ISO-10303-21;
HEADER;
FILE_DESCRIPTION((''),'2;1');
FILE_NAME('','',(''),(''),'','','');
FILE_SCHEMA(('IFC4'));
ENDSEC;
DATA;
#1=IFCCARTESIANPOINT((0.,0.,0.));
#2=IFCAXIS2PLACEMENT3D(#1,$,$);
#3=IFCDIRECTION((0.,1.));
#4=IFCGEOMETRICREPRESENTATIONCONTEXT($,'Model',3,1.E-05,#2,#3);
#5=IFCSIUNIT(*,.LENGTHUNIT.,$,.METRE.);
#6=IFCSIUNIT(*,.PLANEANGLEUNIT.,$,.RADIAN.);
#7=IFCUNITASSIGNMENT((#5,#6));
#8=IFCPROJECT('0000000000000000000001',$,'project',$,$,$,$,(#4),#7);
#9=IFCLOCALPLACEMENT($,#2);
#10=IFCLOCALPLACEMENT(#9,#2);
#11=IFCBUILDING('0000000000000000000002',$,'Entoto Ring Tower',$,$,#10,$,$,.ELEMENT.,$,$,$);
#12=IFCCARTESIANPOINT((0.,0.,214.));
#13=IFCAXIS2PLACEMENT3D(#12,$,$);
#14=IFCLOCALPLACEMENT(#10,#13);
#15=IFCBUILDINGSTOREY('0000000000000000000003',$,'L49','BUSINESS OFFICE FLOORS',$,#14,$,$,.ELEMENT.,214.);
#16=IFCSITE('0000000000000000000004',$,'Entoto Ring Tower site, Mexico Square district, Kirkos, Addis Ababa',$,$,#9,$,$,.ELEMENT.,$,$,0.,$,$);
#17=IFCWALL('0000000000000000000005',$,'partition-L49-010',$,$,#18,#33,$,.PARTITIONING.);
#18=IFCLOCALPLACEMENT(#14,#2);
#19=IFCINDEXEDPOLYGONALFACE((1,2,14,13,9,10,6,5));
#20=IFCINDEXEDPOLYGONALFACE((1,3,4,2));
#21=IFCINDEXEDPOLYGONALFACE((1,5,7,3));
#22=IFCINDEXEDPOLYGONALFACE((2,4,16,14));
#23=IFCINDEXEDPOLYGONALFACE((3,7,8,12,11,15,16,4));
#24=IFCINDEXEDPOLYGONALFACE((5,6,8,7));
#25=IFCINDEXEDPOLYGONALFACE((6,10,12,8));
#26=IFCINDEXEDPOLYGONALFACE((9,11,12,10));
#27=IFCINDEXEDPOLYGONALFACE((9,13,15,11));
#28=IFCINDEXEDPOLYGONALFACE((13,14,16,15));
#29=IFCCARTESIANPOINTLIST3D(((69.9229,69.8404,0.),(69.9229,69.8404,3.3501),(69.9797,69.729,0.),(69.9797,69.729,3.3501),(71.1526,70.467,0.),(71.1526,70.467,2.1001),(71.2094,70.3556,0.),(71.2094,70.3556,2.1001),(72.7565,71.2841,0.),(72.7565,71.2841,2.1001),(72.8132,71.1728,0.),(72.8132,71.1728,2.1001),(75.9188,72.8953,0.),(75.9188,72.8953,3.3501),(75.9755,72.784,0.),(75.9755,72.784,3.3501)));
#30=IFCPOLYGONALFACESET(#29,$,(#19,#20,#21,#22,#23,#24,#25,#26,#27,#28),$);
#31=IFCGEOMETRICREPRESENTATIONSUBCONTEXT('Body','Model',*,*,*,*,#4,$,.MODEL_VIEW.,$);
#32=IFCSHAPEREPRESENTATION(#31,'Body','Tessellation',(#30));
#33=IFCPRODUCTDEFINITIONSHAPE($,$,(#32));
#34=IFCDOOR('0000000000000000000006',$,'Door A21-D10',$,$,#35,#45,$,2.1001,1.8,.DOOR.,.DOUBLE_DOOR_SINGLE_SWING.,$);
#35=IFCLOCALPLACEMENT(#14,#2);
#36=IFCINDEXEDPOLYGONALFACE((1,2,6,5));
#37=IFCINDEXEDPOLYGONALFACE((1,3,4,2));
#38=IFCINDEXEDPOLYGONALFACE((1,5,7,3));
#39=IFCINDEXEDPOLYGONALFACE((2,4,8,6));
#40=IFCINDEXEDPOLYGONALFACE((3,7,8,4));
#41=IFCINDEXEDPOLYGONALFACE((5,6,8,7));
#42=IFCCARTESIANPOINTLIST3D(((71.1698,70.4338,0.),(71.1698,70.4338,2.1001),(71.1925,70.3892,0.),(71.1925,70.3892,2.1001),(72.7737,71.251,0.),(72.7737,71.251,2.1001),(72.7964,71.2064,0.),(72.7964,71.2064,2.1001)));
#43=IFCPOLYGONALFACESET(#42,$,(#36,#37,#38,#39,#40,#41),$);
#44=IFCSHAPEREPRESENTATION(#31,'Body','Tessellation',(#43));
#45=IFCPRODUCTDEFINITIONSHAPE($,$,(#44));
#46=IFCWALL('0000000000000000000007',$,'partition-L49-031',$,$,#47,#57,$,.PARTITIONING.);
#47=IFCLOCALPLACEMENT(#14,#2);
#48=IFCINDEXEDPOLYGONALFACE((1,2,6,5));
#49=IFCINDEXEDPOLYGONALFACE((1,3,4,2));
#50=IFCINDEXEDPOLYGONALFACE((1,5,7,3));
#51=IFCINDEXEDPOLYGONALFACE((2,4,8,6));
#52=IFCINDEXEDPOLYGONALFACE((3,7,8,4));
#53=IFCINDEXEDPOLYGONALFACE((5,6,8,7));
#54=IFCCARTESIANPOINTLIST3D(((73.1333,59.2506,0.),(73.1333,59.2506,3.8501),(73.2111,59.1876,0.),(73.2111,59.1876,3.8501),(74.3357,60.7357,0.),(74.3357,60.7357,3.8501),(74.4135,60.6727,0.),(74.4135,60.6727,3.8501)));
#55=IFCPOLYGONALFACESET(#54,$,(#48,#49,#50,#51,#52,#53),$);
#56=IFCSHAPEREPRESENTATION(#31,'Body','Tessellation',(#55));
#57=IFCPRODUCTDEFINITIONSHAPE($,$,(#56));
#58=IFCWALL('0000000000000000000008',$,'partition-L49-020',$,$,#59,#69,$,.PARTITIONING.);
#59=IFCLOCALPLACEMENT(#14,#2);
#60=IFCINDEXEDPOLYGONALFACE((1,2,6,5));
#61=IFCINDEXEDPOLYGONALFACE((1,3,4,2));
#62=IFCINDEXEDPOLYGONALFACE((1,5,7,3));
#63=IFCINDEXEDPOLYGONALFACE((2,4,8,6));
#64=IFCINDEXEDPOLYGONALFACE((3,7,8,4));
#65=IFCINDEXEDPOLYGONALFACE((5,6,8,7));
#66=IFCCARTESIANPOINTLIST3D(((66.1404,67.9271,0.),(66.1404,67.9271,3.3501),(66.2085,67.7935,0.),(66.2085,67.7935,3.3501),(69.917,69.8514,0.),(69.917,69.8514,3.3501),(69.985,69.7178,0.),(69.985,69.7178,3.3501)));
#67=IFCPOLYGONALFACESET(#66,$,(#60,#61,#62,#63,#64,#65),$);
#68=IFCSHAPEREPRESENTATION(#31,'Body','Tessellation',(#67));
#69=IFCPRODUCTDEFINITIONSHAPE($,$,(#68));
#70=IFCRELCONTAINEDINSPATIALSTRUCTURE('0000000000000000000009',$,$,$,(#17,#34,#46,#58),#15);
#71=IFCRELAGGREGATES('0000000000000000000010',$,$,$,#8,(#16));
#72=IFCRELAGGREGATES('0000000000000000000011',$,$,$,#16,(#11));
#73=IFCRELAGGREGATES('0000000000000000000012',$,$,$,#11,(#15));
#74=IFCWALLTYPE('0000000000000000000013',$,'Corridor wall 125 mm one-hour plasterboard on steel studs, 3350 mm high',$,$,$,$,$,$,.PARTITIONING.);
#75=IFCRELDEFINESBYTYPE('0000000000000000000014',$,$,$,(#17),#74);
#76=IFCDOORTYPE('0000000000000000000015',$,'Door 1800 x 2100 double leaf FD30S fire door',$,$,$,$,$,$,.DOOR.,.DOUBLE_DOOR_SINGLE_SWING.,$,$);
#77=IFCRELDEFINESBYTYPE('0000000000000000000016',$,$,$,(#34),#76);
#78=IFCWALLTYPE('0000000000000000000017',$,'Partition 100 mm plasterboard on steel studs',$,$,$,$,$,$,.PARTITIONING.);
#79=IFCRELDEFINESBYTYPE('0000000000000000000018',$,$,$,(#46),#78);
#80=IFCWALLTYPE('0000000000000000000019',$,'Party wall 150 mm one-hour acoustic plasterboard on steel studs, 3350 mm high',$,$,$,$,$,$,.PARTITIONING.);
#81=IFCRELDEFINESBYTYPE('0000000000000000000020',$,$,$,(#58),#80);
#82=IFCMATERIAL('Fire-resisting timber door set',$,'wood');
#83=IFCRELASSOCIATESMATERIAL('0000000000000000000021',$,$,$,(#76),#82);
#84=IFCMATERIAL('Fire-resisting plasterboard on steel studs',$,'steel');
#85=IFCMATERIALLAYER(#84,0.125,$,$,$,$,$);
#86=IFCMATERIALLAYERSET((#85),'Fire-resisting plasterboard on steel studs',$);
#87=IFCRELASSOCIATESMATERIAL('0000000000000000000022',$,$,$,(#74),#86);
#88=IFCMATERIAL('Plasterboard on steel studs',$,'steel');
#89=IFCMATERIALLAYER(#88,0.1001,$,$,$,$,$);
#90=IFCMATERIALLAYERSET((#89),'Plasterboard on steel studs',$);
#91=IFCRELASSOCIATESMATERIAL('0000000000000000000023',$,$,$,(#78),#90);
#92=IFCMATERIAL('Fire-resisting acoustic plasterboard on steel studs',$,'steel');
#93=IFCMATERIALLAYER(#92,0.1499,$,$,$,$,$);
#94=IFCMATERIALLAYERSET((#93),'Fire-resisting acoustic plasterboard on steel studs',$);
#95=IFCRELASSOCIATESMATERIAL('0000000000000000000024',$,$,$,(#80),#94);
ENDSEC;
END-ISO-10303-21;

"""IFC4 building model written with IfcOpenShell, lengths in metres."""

from ifc_helpers import new_model, si_unit, direction, frame, frame_2d, origin, place, context, subcontext, project, spatial, rectangle, extrude, material, layer, layer_set, type_object, element, fill, save


model = new_model("IFC4")

# Units and contexts
model_context = context("Model", 3, precision=1e-05, world=origin(), true_north=direction((0.0, 1.0)))
body_context = subcontext(model_context, "Body", "Model", "MODEL_VIEW")
ifc_project = project(units=[si_unit("LENGTHUNIT", "METRE"), si_unit("PLANEANGLEUNIT", "RADIAN")], contexts=[model_context])

# Site, building, storey
site_placement = place(None, origin())
site = spatial("IfcSite", under=ifc_project, at=site_placement, Name="Entoto Ring Tower site, Mexico Square district, Kirkos, Addis Ababa", CompositionType="ELEMENT", RefElevation=0.0)
building_placement = place(site_placement, origin())
building = spatial("IfcBuilding", under=site, at=building_placement, Name="Entoto Ring Tower", CompositionType="ELEMENT")
storey_placement = place(building_placement, frame((0.0, 0.0, 214.0)))
storey = spatial("IfcBuildingStorey", under=building, at=storey_placement, Name="L49", Description="BUSINESS OFFICE FLOORS", CompositionType="ELEMENT", Elevation=214.0)

# Shared definitions
ifc_material_1 = material(Name="Fire-resisting timber door set", Category="wood")
door_type = type_object("IfcDoorType", Name="Door 1800 x 2100 double leaf FD30S fire door", OperationType="DOUBLE_DOOR_SINGLE_SWING", PredefinedType="DOOR", material=ifc_material_1)

# Wall, opening, door
ifc_material_2 = material(Name="Fire-resisting plasterboard on steel studs", Category="steel")
ifc_layer_1 = layer(ifc_material_2, 0.125)
ifc_layer_set_1 = layer_set([ifc_layer_1], Name="Fire-resisting plasterboard on steel studs")
wall_type_1 = type_object("IfcWallType", Name="Corridor wall 125 mm one-hour plasterboard on steel studs, 3350 mm high", PredefinedType="PARTITIONING", material=ifc_layer_set_1)
wall_1_placement = place(storey_placement, frame((69.9512, 69.7847, 0.0), z_axis=(0.0, 0.0, 1.0), x_axis=(0.891013, 0.453978, 0.0)))
wall_1 = element("IfcWall", 1, at=wall_1_placement, inside=storey, type_object=wall_type_1, Name="partition-L49-010", PredefinedType="PARTITIONING", context=body_context, shape_type="SweptSolid", body=[
    extrude(rectangle(XDim=6.7292, YDim=0.125, at=frame_2d((3.3647, 0.0))), origin(), (0.0, 0.0, 1.0), 3.3501),
])
opening_1_placement = place(wall_1_placement, frame((1.3804, 0.0, 0.0)))
opening_1 = element("IfcOpeningElement", 2, at=opening_1_placement, cuts=wall_1, PredefinedType="OPENING", context=body_context, shape_type="SweptSolid", body=[
    extrude(rectangle(XDim=1.8, YDim=2.1001, at=frame_2d((0.8999, 1.05))), frame((0.0, 0.0725, 0.0), z_axis=(0.0, -1.0, 0.0), x_axis=(1.0, 0.0, 0.0)), (0.0, 0.0, 1.0), 0.145),
])
door_1_placement = place(opening_1_placement, frame((1.8, 0.0, 0.0), z_axis=(0.0, 0.0, 1.0), x_axis=(-1.0, 0.0, 0.0)))
door_1 = element("IfcDoor", 3, at=door_1_placement, inside=storey, type_object=door_type, Name="Door A21-D10", OperationType="DOUBLE_DOOR_SINGLE_SWING", OverallHeight=2.1001, OverallWidth=1.8, PredefinedType="DOOR", context=body_context, shape_type="SweptSolid", body=[
    extrude(rectangle(XDim=1.8, YDim=2.1001, at=frame_2d((0.8999, 1.05))), frame((0.0, 0.0249, 0.0), z_axis=(0.0, -1.0, 0.0), x_axis=(1.0, 0.0, 0.0)), (0.0, 0.0, 1.0), 0.05),
])
fill(opening_1, door_1)

# Walls
ifc_material_3 = material(Name="Plasterboard on steel studs", Category="steel")
ifc_layer_2 = layer(ifc_material_3, 0.1001)
ifc_layer_set_2 = layer_set([ifc_layer_2], Name="Plasterboard on steel studs")
wall_type_2 = type_object("IfcWallType", Name="Partition 100 mm plasterboard on steel studs", PredefinedType="PARTITIONING", material=ifc_layer_set_2)
wall_2_placement = place(storey_placement, frame((73.1721, 59.219, 0.0), z_axis=(0.0, 0.0, 1.0), x_axis=(0.62925, 0.777203, 0.0)))
element("IfcWall", 4, at=wall_2_placement, inside=storey, type_object=wall_type_2, Name="partition-L49-031", PredefinedType="PARTITIONING", context=body_context, shape_type="SweptSolid", body=[
    extrude(rectangle(XDim=1.9109, YDim=0.1001, at=frame_2d((0.9556, 0.0))), origin(), (0.0, 0.0, 1.0), 3.8501),
])
ifc_material_4 = material(Name="Fire-resisting acoustic plasterboard on steel studs", Category="steel")
ifc_layer_3 = layer(ifc_material_4, 0.1499)
ifc_layer_set_3 = layer_set([ifc_layer_3], Name="Fire-resisting acoustic plasterboard on steel studs")
wall_type_3 = type_object("IfcWallType", Name="Party wall 150 mm one-hour acoustic plasterboard on steel studs, 3350 mm high", PredefinedType="PARTITIONING", material=ifc_layer_set_3)
wall_3_placement = place(storey_placement, frame((66.1746, 67.8604, 0.0), z_axis=(0.0, 0.0, 1.0), x_axis=(0.891003, 0.453997, 0.0)))
element("IfcWall", 5, at=wall_3_placement, inside=storey, type_object=wall_type_3, Name="partition-L49-020", PredefinedType="PARTITIONING", context=body_context, shape_type="SweptSolid", body=[
    extrude(rectangle(XDim=4.2385, YDim=0.1499, at=frame_2d((2.1191, 0.0))), origin(), (0.0, 0.0, 1.0), 3.3501),
])

save(model, "model.ifc")
